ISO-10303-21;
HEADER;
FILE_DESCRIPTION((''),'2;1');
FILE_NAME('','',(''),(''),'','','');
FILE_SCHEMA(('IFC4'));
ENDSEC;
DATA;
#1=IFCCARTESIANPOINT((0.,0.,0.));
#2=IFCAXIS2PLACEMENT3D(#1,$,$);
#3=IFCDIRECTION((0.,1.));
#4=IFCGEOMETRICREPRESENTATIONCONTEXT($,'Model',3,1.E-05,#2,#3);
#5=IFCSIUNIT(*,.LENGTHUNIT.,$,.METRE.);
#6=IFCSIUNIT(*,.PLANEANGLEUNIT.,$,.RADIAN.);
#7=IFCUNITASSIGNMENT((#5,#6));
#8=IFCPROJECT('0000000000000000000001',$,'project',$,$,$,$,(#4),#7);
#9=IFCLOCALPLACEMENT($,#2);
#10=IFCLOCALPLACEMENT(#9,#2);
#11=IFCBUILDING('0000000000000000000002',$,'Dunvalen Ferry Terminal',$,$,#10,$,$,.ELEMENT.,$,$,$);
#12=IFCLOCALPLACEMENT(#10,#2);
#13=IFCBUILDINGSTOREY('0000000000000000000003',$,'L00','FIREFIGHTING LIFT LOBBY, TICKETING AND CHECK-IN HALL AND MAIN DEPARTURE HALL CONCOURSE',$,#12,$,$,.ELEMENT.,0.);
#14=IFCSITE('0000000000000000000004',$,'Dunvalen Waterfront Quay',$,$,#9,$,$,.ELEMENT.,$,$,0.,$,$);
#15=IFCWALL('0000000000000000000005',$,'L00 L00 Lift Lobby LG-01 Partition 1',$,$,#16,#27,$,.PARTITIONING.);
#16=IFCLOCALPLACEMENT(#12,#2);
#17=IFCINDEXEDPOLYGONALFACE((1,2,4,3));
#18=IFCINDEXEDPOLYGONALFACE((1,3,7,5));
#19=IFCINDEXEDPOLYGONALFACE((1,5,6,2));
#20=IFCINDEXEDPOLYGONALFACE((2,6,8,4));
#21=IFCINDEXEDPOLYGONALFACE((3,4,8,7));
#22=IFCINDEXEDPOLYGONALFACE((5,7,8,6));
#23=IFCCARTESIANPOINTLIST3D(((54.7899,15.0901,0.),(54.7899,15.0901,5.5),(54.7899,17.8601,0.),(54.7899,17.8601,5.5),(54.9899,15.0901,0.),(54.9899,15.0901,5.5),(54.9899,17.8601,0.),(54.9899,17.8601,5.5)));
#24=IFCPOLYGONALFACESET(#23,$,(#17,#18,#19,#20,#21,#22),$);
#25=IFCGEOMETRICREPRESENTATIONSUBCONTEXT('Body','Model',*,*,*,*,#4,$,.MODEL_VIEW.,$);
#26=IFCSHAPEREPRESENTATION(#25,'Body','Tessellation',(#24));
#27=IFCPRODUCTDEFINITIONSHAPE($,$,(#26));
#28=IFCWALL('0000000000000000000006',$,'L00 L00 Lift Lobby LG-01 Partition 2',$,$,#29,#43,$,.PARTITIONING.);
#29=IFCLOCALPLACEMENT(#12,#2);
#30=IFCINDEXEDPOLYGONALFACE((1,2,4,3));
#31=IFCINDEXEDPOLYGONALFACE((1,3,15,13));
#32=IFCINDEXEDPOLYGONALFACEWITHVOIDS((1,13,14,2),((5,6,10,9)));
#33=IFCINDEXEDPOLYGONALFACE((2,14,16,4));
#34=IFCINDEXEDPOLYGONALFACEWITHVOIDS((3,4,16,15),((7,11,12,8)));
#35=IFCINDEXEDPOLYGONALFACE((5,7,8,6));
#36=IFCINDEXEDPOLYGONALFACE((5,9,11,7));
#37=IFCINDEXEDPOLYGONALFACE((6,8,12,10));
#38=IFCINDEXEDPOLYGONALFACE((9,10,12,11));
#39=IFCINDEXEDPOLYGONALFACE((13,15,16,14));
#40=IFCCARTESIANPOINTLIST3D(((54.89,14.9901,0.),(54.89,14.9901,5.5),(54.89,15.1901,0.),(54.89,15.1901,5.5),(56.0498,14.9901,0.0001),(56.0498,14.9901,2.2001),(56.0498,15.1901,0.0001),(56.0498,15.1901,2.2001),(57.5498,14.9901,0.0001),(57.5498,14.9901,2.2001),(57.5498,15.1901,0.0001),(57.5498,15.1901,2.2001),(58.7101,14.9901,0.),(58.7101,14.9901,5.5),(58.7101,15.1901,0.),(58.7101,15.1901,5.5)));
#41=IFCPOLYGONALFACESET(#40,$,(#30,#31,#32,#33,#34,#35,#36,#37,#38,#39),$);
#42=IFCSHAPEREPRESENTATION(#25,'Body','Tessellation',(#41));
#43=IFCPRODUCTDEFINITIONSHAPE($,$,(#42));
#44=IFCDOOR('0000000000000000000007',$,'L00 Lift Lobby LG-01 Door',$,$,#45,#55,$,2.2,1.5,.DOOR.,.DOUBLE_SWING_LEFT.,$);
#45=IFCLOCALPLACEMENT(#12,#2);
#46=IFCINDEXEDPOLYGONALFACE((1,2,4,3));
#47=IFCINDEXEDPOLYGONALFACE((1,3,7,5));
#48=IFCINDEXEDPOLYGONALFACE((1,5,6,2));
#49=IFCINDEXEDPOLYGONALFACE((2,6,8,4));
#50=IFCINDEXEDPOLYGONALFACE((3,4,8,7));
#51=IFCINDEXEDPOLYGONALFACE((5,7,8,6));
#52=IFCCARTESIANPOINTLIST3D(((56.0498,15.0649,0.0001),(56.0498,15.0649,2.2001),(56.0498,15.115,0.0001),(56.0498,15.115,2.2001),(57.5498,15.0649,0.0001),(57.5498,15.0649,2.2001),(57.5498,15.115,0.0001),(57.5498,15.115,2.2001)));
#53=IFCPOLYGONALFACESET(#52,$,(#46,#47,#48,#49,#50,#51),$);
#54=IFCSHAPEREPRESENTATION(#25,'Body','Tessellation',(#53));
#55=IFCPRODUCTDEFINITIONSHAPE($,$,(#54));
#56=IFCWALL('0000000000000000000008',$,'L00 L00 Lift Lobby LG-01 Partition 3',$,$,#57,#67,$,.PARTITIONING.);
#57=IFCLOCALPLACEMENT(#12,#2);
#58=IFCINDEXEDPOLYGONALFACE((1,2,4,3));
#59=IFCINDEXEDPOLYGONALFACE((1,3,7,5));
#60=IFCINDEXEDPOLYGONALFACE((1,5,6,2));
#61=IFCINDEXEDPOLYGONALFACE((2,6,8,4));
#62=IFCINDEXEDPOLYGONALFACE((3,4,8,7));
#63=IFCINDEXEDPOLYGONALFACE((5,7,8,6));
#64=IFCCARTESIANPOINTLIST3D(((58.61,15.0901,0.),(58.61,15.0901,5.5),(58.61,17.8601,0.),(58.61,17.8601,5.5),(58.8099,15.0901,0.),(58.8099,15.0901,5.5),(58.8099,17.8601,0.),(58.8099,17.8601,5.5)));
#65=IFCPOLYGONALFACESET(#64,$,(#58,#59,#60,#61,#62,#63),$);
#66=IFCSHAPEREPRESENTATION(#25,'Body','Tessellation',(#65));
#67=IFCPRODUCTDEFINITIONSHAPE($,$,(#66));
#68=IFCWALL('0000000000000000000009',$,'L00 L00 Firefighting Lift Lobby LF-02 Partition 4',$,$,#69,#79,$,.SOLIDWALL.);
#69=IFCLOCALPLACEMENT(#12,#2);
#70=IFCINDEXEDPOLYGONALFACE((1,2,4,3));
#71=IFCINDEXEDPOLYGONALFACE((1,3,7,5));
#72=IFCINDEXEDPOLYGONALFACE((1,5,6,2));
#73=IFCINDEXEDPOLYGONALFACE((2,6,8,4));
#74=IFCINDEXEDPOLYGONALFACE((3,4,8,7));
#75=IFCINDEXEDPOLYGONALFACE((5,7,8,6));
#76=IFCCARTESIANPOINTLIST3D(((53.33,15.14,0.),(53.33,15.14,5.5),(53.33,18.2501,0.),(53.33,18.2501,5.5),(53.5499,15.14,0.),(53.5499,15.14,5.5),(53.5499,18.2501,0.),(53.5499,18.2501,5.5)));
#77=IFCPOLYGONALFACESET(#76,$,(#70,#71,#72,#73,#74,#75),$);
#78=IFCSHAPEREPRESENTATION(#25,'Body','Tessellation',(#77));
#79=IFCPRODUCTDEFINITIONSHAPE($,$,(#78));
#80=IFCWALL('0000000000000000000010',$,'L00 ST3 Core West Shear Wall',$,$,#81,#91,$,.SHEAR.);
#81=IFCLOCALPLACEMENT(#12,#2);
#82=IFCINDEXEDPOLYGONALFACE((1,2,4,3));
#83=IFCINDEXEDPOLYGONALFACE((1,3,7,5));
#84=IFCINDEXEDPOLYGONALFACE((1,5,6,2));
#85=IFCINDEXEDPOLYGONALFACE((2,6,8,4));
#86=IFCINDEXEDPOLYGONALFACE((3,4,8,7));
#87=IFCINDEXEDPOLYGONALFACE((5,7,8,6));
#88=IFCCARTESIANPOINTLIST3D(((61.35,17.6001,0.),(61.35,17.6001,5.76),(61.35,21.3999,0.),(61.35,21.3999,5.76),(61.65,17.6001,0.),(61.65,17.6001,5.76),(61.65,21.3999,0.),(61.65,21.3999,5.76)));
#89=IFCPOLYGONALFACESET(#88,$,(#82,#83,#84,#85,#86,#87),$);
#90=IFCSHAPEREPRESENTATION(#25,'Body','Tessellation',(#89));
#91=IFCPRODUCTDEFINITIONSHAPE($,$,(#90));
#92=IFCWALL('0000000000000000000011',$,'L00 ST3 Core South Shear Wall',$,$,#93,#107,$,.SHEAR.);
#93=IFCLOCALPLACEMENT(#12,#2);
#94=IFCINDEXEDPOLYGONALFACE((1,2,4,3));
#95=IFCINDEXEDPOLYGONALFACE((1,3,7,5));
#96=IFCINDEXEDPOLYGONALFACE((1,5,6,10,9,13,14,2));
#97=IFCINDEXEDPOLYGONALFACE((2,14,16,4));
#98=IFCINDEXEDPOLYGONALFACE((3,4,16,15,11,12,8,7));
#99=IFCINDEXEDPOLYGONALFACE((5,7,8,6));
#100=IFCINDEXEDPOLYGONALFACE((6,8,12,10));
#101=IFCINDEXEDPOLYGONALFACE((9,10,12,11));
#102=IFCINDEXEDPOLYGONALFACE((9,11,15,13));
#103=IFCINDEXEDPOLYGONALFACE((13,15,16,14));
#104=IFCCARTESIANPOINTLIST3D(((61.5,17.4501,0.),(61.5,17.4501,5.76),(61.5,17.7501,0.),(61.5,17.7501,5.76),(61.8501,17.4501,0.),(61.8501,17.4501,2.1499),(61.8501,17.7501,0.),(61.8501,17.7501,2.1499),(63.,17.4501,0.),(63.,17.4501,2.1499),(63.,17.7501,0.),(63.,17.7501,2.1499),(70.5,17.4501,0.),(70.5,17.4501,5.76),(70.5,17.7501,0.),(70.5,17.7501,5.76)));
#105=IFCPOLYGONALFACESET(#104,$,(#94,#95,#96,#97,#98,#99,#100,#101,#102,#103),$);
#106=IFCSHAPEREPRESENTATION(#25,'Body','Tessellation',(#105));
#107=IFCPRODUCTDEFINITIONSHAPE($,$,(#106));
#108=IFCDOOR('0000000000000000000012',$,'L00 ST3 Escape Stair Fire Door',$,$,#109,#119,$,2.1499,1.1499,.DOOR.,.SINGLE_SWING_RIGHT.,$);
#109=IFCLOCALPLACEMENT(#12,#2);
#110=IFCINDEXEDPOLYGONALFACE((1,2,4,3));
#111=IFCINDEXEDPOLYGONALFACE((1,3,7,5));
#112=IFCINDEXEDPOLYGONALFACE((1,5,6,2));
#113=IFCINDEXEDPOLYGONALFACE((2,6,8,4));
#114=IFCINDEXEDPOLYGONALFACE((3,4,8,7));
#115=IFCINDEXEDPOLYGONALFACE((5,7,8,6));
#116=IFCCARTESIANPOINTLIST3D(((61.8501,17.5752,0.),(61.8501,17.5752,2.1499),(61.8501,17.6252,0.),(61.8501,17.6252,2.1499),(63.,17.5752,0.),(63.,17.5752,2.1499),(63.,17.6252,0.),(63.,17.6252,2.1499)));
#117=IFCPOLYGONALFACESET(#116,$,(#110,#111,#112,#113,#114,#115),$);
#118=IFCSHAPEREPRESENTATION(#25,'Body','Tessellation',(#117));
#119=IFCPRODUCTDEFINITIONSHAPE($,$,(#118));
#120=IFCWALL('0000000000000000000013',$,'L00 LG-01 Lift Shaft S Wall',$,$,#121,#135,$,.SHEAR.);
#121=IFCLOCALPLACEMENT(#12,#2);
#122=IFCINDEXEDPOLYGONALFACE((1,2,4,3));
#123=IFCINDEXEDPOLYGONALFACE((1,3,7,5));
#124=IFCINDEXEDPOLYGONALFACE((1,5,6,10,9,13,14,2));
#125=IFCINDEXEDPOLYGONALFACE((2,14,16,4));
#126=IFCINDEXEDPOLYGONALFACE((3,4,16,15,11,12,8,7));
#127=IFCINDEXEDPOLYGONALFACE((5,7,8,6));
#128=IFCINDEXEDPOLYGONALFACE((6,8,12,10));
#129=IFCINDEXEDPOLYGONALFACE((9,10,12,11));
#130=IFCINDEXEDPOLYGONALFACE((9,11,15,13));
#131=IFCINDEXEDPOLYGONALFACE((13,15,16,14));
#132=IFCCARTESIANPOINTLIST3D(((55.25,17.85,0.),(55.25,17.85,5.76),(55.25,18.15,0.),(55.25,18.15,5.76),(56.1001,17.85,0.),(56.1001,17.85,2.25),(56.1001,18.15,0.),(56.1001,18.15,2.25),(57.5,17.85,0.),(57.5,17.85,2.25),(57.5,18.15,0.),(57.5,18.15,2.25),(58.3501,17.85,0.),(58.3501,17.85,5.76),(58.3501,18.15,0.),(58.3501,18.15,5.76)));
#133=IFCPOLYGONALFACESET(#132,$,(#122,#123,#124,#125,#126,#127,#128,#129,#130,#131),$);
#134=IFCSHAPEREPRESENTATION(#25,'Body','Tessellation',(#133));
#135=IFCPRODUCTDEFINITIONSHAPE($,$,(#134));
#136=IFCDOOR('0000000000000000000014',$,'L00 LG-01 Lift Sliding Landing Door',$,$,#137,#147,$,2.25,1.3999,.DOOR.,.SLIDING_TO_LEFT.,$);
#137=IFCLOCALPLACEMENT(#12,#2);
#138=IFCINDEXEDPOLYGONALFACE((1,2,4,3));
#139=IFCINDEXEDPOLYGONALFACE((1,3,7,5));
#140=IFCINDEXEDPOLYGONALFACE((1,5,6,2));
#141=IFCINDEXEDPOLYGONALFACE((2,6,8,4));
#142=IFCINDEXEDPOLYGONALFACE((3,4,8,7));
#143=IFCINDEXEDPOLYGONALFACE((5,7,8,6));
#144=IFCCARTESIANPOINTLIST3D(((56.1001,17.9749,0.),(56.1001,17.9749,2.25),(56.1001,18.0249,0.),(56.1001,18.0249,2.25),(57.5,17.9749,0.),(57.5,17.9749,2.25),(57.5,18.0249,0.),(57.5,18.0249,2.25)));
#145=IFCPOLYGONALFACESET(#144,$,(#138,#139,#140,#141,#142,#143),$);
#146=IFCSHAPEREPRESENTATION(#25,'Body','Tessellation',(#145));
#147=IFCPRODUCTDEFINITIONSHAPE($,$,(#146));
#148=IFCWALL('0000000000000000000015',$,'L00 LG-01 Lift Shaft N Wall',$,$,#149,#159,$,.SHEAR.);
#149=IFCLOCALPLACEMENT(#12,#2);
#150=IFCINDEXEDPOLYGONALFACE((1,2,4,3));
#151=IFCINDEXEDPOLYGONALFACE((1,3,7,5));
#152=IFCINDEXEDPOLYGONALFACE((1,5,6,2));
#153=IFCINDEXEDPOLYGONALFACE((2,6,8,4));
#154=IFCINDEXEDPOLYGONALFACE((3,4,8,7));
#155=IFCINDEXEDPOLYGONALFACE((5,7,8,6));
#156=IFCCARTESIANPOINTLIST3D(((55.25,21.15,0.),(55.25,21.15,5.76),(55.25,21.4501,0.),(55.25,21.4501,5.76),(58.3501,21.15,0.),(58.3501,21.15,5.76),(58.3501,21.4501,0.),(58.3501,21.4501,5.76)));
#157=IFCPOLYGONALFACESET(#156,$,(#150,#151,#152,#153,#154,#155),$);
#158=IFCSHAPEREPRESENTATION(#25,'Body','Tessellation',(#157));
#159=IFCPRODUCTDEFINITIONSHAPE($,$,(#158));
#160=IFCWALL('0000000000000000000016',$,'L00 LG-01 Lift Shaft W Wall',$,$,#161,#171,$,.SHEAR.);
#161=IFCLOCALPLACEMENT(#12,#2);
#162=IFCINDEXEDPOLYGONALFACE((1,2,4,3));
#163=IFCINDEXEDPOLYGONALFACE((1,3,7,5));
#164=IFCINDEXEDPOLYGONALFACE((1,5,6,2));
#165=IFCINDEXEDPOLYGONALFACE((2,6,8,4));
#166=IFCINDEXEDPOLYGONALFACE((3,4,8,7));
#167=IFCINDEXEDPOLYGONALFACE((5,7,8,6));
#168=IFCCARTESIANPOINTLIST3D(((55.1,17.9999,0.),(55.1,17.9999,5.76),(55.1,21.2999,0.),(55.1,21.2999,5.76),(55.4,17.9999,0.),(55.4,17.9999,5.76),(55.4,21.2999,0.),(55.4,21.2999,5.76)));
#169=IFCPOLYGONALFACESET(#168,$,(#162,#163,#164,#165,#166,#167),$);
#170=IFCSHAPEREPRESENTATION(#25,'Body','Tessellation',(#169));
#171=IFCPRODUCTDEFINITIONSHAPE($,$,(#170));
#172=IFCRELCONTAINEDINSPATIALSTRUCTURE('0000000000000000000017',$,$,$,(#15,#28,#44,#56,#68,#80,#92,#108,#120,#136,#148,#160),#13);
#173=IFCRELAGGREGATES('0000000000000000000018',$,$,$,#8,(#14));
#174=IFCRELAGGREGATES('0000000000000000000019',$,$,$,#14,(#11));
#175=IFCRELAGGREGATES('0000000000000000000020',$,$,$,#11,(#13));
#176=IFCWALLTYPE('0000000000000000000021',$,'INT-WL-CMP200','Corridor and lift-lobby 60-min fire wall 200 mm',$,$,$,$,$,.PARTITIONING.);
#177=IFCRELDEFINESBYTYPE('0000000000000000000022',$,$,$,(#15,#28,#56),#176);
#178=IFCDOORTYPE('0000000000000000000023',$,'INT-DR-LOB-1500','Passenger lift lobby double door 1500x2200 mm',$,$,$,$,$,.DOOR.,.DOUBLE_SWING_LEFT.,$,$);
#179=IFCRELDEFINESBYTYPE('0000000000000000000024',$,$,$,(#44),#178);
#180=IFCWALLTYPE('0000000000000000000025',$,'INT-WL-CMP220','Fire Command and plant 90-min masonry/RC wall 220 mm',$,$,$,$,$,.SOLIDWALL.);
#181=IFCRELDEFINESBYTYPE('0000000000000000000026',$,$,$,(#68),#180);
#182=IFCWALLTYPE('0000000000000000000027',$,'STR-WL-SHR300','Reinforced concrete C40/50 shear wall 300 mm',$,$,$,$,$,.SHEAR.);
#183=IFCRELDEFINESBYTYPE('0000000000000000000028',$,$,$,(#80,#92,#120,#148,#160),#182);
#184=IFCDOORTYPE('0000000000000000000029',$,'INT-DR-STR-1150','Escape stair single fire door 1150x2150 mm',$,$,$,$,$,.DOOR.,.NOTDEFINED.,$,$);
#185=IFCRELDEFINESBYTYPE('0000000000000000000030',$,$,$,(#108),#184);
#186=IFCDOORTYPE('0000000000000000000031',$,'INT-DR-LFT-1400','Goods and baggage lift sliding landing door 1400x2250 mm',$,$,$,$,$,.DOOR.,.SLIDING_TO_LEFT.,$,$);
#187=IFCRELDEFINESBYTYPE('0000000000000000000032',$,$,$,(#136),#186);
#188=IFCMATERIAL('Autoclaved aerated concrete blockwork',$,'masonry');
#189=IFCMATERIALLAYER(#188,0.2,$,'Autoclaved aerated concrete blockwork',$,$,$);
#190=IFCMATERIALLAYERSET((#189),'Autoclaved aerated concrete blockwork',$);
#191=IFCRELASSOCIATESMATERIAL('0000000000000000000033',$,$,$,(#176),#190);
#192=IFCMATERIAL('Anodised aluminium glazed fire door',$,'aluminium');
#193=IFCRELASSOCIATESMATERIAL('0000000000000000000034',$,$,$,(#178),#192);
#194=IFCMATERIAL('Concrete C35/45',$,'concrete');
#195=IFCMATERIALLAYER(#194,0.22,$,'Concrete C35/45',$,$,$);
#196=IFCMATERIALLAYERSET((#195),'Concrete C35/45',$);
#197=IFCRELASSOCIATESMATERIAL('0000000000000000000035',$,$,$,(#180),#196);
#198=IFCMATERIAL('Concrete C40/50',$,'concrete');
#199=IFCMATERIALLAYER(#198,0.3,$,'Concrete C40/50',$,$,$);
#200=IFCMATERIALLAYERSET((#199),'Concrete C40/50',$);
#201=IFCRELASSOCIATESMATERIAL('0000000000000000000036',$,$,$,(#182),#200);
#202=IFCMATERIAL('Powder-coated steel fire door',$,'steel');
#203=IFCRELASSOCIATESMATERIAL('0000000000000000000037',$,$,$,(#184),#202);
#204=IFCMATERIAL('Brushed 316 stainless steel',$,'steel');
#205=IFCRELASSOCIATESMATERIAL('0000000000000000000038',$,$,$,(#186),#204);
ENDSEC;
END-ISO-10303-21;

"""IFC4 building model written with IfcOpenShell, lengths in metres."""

from ifc_helpers import new_model, si_unit, direction, frame, frame_2d, origin, place, context, subcontext, project, spatial, rectangle, extrude, material, layer, layer_set, type_object, element, fill, save


model = new_model("IFC4")

# Units and contexts
model_context = context("Model", 3, precision=1e-05, world=origin(), true_north=direction((0.0, 1.0)))
body_context = subcontext(model_context, "Body", "Model", "MODEL_VIEW")
ifc_project = project(units=[si_unit("LENGTHUNIT", "METRE"), si_unit("PLANEANGLEUNIT", "RADIAN")], contexts=[model_context])

# Site, building, storey
site_placement = place(None, origin())
site = spatial("IfcSite", under=ifc_project, at=site_placement, Name="Dunvalen Waterfront Quay", CompositionType="ELEMENT", RefElevation=0.0)
building_placement = place(site_placement, origin())
building = spatial("IfcBuilding", under=site, at=building_placement, Name="Dunvalen Ferry Terminal", CompositionType="ELEMENT")
storey_placement = place(building_placement, origin())
storey = spatial("IfcBuildingStorey", under=building, at=storey_placement, Name="L00", Description="FIREFIGHTING LIFT LOBBY, TICKETING AND CHECK-IN HALL AND MAIN DEPARTURE HALL CONCOURSE", CompositionType="ELEMENT", Elevation=0.0)

# Shared definitions
ifc_material_1 = material(Name="Concrete C40/50", Category="concrete")

# Shared definitions
ifc_material_2 = material(Name="Concrete C35/45", Category="concrete")

# Wall
ifc_material_3 = material(Name="Autoclaved aerated concrete blockwork", Category="masonry")
ifc_layer_1 = layer(ifc_material_3, 0.2, Name="Autoclaved aerated concrete blockwork")
ifc_layer_set_1 = layer_set([ifc_layer_1], Name="Autoclaved aerated concrete blockwork")
wall_type_1 = type_object("IfcWallType", Name="INT-WL-CMP200", Description="Corridor and lift-lobby 60-min fire wall 200 mm", PredefinedType="PARTITIONING", material=ifc_layer_set_1)
wall_1_placement = place(storey_placement, frame((54.8899, 17.8601, 0.0), z_axis=(0.0, 0.0, 1.0), x_axis=(0.0, -1.0, 0.0)))
element("IfcWall", 1, at=wall_1_placement, inside=storey, type_object=wall_type_1, Name="L00 L00 Lift Lobby LG-01 Partition 1", PredefinedType="PARTITIONING", context=body_context, shape_type="SweptSolid", body=[
    extrude(rectangle(XDim=2.77, YDim=0.2, at=frame_2d((1.385, 0.0))), origin(), (0.0, 0.0, 1.0), 5.5),
])

# Wall, opening, door
wall_2_placement = place(storey_placement, frame((54.8899, 15.0901, 0.0), z_axis=(0.0, 0.0, 1.0), x_axis=(1.0, 0.0, 0.0)))
wall_2 = element("IfcWall", 2, at=wall_2_placement, inside=storey, type_object=wall_type_1, Name="L00 L00 Lift Lobby LG-01 Partition 2", PredefinedType="PARTITIONING", context=body_context, shape_type="SweptSolid", body=[
    extrude(rectangle(XDim=3.8201, YDim=0.2, at=frame_2d((1.9102, 0.0))), origin(), (0.0, 0.0, 1.0), 5.5),
])
opening_1_placement = place(wall_2_placement, frame((1.1599, 0.0, 0.0)))
opening_1 = element("IfcOpeningElement", 3, at=opening_1_placement, cuts=wall_2, PredefinedType="OPENING", context=body_context, shape_type="SweptSolid", body=[
    extrude(rectangle(XDim=1.5, YDim=2.2, at=frame_2d((0.75, 1.1001))), frame((0.0, 0.1099, 0.0), z_axis=(0.0, -1.0, 0.0), x_axis=(1.0, 0.0, 0.0)), (0.0, 0.0, 1.0), 0.22),
])
ifc_material_4 = material(Name="Anodised aluminium glazed fire door", Category="aluminium")
door_type_1 = type_object("IfcDoorType", Name="INT-DR-LOB-1500", Description="Passenger lift lobby double door 1500x2200 mm", OperationType="DOUBLE_SWING_LEFT", PredefinedType="DOOR", material=ifc_material_4)
door_1_placement = place(opening_1_placement, origin())
door_1 = element("IfcDoor", 4, at=door_1_placement, inside=storey, type_object=door_type_1, Name="L00 Lift Lobby LG-01 Door", OperationType="DOUBLE_SWING_LEFT", OverallHeight=2.2, OverallWidth=1.5, PredefinedType="DOOR", context=body_context, shape_type="SweptSolid", body=[
    extrude(rectangle(XDim=1.5, YDim=2.2, at=frame_2d((0.75, 1.1001))), frame((0.0, 0.0249, 0.0), z_axis=(0.0, -1.0, 0.0), x_axis=(1.0, 0.0, 0.0)), (0.0, 0.0, 1.0), 0.05),
])
fill(opening_1, door_1)

# Walls
wall_3_placement = place(storey_placement, frame((58.71, 15.0901, 0.0), z_axis=(0.0, 0.0, 1.0), x_axis=(0.0, 1.0, 0.0)))
element("IfcWall", 5, at=wall_3_placement, inside=storey, type_object=wall_type_1, Name="L00 L00 Lift Lobby LG-01 Partition 3", PredefinedType="PARTITIONING", context=body_context, shape_type="SweptSolid", body=[
    extrude(rectangle(XDim=2.77, YDim=0.2, at=frame_2d((1.385, 0.0))), origin(), (0.0, 0.0, 1.0), 5.5),
])
ifc_layer_2 = layer(ifc_material_2, 0.22, Name="Concrete C35/45")
ifc_layer_set_2 = layer_set([ifc_layer_2], Name="Concrete C35/45")
wall_type_2 = type_object("IfcWallType", Name="INT-WL-CMP220", Description="Fire Command and plant 90-min masonry/RC wall 220 mm", PredefinedType="SOLIDWALL", material=ifc_layer_set_2)
wall_4_placement = place(storey_placement, frame((53.4399, 15.1399, 0.0), z_axis=(0.0, 0.0, 1.0), x_axis=(0.0, 1.0, 0.0)))
element("IfcWall", 6, at=wall_4_placement, inside=storey, type_object=wall_type_2, Name="L00 L00 Firefighting Lift Lobby LF-02 Partition 4", PredefinedType="SOLIDWALL", context=body_context, shape_type="SweptSolid", body=[
    extrude(rectangle(XDim=3.1101, YDim=0.22, at=frame_2d((1.5552, 0.0))), origin(), (0.0, 0.0, 1.0), 5.5),
])
ifc_layer_3 = layer(ifc_material_1, 0.3, Name="Concrete C40/50")
ifc_layer_set_3 = layer_set([ifc_layer_3], Name="Concrete C40/50")
wall_type_3 = type_object("IfcWallType", Name="STR-WL-SHR300", Description="Reinforced concrete C40/50 shear wall 300 mm", PredefinedType="SHEAR", material=ifc_layer_set_3)
wall_5_placement = place(storey_placement, frame((61.5, 17.6001, 0.0), z_axis=(0.0, 0.0, 1.0), x_axis=(0.0, 1.0, 0.0)))
element("IfcWall", 7, at=wall_5_placement, inside=storey, type_object=wall_type_3, Name="L00 ST3 Core West Shear Wall", PredefinedType="SHEAR", context=body_context, shape_type="SweptSolid", body=[
    extrude(rectangle(XDim=3.7998, YDim=0.3, at=frame_2d((1.8999, 0.0))), origin(), (0.0, 0.0, 1.0), 5.76),
])

# Walls, openings, doors
wall_6_placement = place(storey_placement, frame((61.5, 17.6001, 0.0), z_axis=(0.0, 0.0, 1.0), x_axis=(1.0, 0.0, 0.0)))
wall_6 = element("IfcWall", 8, at=wall_6_placement, inside=storey, type_object=wall_type_3, Name="L00 ST3 Core South Shear Wall", PredefinedType="SHEAR", context=body_context, shape_type="SweptSolid", body=[
    extrude(rectangle(XDim=9.0, YDim=0.3, at=frame_2d((4.5, 0.0))), origin(), (0.0, 0.0, 1.0), 5.76),
])
opening_2_placement = place(wall_6_placement, frame((0.3501, 0.0, 0.0)))
opening_2 = element("IfcOpeningElement", 9, at=opening_2_placement, cuts=wall_6, PredefinedType="OPENING", context=body_context, shape_type="SweptSolid", body=[
    extrude(rectangle(XDim=1.1499, YDim=2.1499, at=frame_2d((0.575, 1.075))), frame((0.0, 0.1602, 0.0), z_axis=(0.0, -1.0, 0.0), x_axis=(1.0, 0.0, 0.0)), (0.0, 0.0, 1.0), 0.3201),
])
ifc_material_5 = material(Name="Powder-coated steel fire door", Category="steel")
door_type_2 = type_object("IfcDoorType", Name="INT-DR-STR-1150", Description="Escape stair single fire door 1150x2150 mm", OperationType="NOTDEFINED", PredefinedType="DOOR", material=ifc_material_5)
door_2_placement = place(opening_2_placement, frame((1.1499, 0.0, 0.0), z_axis=(0.0, 0.0, 1.0), x_axis=(-1.0, 0.0, 0.0)))
door_2 = element("IfcDoor", 10, at=door_2_placement, inside=storey, type_object=door_type_2, Name="L00 ST3 Escape Stair Fire Door", OperationType="SINGLE_SWING_RIGHT", OverallHeight=2.1499, OverallWidth=1.1499, PredefinedType="DOOR", context=body_context, shape_type="SweptSolid", body=[
    extrude(rectangle(XDim=1.1499, YDim=2.1499, at=frame_2d((0.575, 1.075))), frame((0.0, 0.0249, 0.0), z_axis=(0.0, -1.0, 0.0), x_axis=(1.0, 0.0, 0.0)), (0.0, 0.0, 1.0), 0.05),
])
fill(opening_2, door_2)
wall_7_placement = place(storey_placement, frame((55.25, 18.0, 0.0), z_axis=(0.0, 0.0, 1.0), x_axis=(1.0, 0.0, 0.0)))
wall_7 = element("IfcWall", 11, at=wall_7_placement, inside=storey, type_object=wall_type_3, Name="L00 LG-01 Lift Shaft S Wall", PredefinedType="SHEAR", context=body_context, shape_type="SweptSolid", body=[
    extrude(rectangle(XDim=3.1001, YDim=0.3, at=frame_2d((1.55, 0.0))), origin(), (0.0, 0.0, 1.0), 5.76),
])
opening_3_placement = place(wall_7_placement, frame((0.8501, 0.0, 0.0)))
opening_3 = element("IfcOpeningElement", 12, at=opening_3_placement, cuts=wall_7, PredefinedType="OPENING", context=body_context, shape_type="SweptSolid", body=[
    extrude(rectangle(XDim=1.3999, YDim=2.25, at=frame_2d((0.7, 1.125))), frame((0.0, 0.1602, 0.0), z_axis=(0.0, -1.0, 0.0), x_axis=(1.0, 0.0, 0.0)), (0.0, 0.0, 1.0), 0.3201),
])
ifc_material_6 = material(Name="Brushed 316 stainless steel", Category="steel")
door_type_3 = type_object("IfcDoorType", Name="INT-DR-LFT-1400", Description="Goods and baggage lift sliding landing door 1400x2250 mm", OperationType="SLIDING_TO_LEFT", PredefinedType="DOOR", material=ifc_material_6)
door_3_placement = place(opening_3_placement, origin())
door_3 = element("IfcDoor", 13, at=door_3_placement, inside=storey, type_object=door_type_3, Name="L00 LG-01 Lift Sliding Landing Door", OperationType="SLIDING_TO_LEFT", OverallHeight=2.25, OverallWidth=1.3999, PredefinedType="DOOR", context=body_context, shape_type="SweptSolid", body=[
    extrude(rectangle(XDim=1.3999, YDim=2.25, at=frame_2d((0.7, 1.125))), frame((0.0, 0.0249, 0.0), z_axis=(0.0, -1.0, 0.0), x_axis=(1.0, 0.0, 0.0)), (0.0, 0.0, 1.0), 0.05),
])
fill(opening_3, door_3)

# Walls
wall_8_placement = place(storey_placement, frame((55.25, 21.3, 0.0), z_axis=(0.0, 0.0, 1.0), x_axis=(1.0, 0.0, 0.0)))
element("IfcWall", 14, at=wall_8_placement, inside=storey, type_object=wall_type_3, Name="L00 LG-01 Lift Shaft N Wall", PredefinedType="SHEAR", context=body_context, shape_type="SweptSolid", body=[
    extrude(rectangle(XDim=3.1001, YDim=0.3, at=frame_2d((1.55, 0.0))), origin(), (0.0, 0.0, 1.0), 5.76),
])
for number, where, z_axis, x_axis, name in (
    (15, (55.25, 18.0, 0.0), (0.0, 0.0, 1.0), (0.0, 1.0, 0.0), "L00 LG-01 Lift Shaft W Wall"),
):
    element("IfcWall", number, at=place(storey_placement, frame(where, z_axis=z_axis, x_axis=x_axis)), inside=storey, type_object=wall_type_3, Name=name, PredefinedType="SHEAR", context=body_context, shape_type="SweptSolid", body=[
        extrude(rectangle(XDim=3.3, YDim=0.3, at=frame_2d((1.6499, 0.0))), origin(), (0.0, 0.0, 1.0), 5.76),
    ])

save(model, "model.ifc")
